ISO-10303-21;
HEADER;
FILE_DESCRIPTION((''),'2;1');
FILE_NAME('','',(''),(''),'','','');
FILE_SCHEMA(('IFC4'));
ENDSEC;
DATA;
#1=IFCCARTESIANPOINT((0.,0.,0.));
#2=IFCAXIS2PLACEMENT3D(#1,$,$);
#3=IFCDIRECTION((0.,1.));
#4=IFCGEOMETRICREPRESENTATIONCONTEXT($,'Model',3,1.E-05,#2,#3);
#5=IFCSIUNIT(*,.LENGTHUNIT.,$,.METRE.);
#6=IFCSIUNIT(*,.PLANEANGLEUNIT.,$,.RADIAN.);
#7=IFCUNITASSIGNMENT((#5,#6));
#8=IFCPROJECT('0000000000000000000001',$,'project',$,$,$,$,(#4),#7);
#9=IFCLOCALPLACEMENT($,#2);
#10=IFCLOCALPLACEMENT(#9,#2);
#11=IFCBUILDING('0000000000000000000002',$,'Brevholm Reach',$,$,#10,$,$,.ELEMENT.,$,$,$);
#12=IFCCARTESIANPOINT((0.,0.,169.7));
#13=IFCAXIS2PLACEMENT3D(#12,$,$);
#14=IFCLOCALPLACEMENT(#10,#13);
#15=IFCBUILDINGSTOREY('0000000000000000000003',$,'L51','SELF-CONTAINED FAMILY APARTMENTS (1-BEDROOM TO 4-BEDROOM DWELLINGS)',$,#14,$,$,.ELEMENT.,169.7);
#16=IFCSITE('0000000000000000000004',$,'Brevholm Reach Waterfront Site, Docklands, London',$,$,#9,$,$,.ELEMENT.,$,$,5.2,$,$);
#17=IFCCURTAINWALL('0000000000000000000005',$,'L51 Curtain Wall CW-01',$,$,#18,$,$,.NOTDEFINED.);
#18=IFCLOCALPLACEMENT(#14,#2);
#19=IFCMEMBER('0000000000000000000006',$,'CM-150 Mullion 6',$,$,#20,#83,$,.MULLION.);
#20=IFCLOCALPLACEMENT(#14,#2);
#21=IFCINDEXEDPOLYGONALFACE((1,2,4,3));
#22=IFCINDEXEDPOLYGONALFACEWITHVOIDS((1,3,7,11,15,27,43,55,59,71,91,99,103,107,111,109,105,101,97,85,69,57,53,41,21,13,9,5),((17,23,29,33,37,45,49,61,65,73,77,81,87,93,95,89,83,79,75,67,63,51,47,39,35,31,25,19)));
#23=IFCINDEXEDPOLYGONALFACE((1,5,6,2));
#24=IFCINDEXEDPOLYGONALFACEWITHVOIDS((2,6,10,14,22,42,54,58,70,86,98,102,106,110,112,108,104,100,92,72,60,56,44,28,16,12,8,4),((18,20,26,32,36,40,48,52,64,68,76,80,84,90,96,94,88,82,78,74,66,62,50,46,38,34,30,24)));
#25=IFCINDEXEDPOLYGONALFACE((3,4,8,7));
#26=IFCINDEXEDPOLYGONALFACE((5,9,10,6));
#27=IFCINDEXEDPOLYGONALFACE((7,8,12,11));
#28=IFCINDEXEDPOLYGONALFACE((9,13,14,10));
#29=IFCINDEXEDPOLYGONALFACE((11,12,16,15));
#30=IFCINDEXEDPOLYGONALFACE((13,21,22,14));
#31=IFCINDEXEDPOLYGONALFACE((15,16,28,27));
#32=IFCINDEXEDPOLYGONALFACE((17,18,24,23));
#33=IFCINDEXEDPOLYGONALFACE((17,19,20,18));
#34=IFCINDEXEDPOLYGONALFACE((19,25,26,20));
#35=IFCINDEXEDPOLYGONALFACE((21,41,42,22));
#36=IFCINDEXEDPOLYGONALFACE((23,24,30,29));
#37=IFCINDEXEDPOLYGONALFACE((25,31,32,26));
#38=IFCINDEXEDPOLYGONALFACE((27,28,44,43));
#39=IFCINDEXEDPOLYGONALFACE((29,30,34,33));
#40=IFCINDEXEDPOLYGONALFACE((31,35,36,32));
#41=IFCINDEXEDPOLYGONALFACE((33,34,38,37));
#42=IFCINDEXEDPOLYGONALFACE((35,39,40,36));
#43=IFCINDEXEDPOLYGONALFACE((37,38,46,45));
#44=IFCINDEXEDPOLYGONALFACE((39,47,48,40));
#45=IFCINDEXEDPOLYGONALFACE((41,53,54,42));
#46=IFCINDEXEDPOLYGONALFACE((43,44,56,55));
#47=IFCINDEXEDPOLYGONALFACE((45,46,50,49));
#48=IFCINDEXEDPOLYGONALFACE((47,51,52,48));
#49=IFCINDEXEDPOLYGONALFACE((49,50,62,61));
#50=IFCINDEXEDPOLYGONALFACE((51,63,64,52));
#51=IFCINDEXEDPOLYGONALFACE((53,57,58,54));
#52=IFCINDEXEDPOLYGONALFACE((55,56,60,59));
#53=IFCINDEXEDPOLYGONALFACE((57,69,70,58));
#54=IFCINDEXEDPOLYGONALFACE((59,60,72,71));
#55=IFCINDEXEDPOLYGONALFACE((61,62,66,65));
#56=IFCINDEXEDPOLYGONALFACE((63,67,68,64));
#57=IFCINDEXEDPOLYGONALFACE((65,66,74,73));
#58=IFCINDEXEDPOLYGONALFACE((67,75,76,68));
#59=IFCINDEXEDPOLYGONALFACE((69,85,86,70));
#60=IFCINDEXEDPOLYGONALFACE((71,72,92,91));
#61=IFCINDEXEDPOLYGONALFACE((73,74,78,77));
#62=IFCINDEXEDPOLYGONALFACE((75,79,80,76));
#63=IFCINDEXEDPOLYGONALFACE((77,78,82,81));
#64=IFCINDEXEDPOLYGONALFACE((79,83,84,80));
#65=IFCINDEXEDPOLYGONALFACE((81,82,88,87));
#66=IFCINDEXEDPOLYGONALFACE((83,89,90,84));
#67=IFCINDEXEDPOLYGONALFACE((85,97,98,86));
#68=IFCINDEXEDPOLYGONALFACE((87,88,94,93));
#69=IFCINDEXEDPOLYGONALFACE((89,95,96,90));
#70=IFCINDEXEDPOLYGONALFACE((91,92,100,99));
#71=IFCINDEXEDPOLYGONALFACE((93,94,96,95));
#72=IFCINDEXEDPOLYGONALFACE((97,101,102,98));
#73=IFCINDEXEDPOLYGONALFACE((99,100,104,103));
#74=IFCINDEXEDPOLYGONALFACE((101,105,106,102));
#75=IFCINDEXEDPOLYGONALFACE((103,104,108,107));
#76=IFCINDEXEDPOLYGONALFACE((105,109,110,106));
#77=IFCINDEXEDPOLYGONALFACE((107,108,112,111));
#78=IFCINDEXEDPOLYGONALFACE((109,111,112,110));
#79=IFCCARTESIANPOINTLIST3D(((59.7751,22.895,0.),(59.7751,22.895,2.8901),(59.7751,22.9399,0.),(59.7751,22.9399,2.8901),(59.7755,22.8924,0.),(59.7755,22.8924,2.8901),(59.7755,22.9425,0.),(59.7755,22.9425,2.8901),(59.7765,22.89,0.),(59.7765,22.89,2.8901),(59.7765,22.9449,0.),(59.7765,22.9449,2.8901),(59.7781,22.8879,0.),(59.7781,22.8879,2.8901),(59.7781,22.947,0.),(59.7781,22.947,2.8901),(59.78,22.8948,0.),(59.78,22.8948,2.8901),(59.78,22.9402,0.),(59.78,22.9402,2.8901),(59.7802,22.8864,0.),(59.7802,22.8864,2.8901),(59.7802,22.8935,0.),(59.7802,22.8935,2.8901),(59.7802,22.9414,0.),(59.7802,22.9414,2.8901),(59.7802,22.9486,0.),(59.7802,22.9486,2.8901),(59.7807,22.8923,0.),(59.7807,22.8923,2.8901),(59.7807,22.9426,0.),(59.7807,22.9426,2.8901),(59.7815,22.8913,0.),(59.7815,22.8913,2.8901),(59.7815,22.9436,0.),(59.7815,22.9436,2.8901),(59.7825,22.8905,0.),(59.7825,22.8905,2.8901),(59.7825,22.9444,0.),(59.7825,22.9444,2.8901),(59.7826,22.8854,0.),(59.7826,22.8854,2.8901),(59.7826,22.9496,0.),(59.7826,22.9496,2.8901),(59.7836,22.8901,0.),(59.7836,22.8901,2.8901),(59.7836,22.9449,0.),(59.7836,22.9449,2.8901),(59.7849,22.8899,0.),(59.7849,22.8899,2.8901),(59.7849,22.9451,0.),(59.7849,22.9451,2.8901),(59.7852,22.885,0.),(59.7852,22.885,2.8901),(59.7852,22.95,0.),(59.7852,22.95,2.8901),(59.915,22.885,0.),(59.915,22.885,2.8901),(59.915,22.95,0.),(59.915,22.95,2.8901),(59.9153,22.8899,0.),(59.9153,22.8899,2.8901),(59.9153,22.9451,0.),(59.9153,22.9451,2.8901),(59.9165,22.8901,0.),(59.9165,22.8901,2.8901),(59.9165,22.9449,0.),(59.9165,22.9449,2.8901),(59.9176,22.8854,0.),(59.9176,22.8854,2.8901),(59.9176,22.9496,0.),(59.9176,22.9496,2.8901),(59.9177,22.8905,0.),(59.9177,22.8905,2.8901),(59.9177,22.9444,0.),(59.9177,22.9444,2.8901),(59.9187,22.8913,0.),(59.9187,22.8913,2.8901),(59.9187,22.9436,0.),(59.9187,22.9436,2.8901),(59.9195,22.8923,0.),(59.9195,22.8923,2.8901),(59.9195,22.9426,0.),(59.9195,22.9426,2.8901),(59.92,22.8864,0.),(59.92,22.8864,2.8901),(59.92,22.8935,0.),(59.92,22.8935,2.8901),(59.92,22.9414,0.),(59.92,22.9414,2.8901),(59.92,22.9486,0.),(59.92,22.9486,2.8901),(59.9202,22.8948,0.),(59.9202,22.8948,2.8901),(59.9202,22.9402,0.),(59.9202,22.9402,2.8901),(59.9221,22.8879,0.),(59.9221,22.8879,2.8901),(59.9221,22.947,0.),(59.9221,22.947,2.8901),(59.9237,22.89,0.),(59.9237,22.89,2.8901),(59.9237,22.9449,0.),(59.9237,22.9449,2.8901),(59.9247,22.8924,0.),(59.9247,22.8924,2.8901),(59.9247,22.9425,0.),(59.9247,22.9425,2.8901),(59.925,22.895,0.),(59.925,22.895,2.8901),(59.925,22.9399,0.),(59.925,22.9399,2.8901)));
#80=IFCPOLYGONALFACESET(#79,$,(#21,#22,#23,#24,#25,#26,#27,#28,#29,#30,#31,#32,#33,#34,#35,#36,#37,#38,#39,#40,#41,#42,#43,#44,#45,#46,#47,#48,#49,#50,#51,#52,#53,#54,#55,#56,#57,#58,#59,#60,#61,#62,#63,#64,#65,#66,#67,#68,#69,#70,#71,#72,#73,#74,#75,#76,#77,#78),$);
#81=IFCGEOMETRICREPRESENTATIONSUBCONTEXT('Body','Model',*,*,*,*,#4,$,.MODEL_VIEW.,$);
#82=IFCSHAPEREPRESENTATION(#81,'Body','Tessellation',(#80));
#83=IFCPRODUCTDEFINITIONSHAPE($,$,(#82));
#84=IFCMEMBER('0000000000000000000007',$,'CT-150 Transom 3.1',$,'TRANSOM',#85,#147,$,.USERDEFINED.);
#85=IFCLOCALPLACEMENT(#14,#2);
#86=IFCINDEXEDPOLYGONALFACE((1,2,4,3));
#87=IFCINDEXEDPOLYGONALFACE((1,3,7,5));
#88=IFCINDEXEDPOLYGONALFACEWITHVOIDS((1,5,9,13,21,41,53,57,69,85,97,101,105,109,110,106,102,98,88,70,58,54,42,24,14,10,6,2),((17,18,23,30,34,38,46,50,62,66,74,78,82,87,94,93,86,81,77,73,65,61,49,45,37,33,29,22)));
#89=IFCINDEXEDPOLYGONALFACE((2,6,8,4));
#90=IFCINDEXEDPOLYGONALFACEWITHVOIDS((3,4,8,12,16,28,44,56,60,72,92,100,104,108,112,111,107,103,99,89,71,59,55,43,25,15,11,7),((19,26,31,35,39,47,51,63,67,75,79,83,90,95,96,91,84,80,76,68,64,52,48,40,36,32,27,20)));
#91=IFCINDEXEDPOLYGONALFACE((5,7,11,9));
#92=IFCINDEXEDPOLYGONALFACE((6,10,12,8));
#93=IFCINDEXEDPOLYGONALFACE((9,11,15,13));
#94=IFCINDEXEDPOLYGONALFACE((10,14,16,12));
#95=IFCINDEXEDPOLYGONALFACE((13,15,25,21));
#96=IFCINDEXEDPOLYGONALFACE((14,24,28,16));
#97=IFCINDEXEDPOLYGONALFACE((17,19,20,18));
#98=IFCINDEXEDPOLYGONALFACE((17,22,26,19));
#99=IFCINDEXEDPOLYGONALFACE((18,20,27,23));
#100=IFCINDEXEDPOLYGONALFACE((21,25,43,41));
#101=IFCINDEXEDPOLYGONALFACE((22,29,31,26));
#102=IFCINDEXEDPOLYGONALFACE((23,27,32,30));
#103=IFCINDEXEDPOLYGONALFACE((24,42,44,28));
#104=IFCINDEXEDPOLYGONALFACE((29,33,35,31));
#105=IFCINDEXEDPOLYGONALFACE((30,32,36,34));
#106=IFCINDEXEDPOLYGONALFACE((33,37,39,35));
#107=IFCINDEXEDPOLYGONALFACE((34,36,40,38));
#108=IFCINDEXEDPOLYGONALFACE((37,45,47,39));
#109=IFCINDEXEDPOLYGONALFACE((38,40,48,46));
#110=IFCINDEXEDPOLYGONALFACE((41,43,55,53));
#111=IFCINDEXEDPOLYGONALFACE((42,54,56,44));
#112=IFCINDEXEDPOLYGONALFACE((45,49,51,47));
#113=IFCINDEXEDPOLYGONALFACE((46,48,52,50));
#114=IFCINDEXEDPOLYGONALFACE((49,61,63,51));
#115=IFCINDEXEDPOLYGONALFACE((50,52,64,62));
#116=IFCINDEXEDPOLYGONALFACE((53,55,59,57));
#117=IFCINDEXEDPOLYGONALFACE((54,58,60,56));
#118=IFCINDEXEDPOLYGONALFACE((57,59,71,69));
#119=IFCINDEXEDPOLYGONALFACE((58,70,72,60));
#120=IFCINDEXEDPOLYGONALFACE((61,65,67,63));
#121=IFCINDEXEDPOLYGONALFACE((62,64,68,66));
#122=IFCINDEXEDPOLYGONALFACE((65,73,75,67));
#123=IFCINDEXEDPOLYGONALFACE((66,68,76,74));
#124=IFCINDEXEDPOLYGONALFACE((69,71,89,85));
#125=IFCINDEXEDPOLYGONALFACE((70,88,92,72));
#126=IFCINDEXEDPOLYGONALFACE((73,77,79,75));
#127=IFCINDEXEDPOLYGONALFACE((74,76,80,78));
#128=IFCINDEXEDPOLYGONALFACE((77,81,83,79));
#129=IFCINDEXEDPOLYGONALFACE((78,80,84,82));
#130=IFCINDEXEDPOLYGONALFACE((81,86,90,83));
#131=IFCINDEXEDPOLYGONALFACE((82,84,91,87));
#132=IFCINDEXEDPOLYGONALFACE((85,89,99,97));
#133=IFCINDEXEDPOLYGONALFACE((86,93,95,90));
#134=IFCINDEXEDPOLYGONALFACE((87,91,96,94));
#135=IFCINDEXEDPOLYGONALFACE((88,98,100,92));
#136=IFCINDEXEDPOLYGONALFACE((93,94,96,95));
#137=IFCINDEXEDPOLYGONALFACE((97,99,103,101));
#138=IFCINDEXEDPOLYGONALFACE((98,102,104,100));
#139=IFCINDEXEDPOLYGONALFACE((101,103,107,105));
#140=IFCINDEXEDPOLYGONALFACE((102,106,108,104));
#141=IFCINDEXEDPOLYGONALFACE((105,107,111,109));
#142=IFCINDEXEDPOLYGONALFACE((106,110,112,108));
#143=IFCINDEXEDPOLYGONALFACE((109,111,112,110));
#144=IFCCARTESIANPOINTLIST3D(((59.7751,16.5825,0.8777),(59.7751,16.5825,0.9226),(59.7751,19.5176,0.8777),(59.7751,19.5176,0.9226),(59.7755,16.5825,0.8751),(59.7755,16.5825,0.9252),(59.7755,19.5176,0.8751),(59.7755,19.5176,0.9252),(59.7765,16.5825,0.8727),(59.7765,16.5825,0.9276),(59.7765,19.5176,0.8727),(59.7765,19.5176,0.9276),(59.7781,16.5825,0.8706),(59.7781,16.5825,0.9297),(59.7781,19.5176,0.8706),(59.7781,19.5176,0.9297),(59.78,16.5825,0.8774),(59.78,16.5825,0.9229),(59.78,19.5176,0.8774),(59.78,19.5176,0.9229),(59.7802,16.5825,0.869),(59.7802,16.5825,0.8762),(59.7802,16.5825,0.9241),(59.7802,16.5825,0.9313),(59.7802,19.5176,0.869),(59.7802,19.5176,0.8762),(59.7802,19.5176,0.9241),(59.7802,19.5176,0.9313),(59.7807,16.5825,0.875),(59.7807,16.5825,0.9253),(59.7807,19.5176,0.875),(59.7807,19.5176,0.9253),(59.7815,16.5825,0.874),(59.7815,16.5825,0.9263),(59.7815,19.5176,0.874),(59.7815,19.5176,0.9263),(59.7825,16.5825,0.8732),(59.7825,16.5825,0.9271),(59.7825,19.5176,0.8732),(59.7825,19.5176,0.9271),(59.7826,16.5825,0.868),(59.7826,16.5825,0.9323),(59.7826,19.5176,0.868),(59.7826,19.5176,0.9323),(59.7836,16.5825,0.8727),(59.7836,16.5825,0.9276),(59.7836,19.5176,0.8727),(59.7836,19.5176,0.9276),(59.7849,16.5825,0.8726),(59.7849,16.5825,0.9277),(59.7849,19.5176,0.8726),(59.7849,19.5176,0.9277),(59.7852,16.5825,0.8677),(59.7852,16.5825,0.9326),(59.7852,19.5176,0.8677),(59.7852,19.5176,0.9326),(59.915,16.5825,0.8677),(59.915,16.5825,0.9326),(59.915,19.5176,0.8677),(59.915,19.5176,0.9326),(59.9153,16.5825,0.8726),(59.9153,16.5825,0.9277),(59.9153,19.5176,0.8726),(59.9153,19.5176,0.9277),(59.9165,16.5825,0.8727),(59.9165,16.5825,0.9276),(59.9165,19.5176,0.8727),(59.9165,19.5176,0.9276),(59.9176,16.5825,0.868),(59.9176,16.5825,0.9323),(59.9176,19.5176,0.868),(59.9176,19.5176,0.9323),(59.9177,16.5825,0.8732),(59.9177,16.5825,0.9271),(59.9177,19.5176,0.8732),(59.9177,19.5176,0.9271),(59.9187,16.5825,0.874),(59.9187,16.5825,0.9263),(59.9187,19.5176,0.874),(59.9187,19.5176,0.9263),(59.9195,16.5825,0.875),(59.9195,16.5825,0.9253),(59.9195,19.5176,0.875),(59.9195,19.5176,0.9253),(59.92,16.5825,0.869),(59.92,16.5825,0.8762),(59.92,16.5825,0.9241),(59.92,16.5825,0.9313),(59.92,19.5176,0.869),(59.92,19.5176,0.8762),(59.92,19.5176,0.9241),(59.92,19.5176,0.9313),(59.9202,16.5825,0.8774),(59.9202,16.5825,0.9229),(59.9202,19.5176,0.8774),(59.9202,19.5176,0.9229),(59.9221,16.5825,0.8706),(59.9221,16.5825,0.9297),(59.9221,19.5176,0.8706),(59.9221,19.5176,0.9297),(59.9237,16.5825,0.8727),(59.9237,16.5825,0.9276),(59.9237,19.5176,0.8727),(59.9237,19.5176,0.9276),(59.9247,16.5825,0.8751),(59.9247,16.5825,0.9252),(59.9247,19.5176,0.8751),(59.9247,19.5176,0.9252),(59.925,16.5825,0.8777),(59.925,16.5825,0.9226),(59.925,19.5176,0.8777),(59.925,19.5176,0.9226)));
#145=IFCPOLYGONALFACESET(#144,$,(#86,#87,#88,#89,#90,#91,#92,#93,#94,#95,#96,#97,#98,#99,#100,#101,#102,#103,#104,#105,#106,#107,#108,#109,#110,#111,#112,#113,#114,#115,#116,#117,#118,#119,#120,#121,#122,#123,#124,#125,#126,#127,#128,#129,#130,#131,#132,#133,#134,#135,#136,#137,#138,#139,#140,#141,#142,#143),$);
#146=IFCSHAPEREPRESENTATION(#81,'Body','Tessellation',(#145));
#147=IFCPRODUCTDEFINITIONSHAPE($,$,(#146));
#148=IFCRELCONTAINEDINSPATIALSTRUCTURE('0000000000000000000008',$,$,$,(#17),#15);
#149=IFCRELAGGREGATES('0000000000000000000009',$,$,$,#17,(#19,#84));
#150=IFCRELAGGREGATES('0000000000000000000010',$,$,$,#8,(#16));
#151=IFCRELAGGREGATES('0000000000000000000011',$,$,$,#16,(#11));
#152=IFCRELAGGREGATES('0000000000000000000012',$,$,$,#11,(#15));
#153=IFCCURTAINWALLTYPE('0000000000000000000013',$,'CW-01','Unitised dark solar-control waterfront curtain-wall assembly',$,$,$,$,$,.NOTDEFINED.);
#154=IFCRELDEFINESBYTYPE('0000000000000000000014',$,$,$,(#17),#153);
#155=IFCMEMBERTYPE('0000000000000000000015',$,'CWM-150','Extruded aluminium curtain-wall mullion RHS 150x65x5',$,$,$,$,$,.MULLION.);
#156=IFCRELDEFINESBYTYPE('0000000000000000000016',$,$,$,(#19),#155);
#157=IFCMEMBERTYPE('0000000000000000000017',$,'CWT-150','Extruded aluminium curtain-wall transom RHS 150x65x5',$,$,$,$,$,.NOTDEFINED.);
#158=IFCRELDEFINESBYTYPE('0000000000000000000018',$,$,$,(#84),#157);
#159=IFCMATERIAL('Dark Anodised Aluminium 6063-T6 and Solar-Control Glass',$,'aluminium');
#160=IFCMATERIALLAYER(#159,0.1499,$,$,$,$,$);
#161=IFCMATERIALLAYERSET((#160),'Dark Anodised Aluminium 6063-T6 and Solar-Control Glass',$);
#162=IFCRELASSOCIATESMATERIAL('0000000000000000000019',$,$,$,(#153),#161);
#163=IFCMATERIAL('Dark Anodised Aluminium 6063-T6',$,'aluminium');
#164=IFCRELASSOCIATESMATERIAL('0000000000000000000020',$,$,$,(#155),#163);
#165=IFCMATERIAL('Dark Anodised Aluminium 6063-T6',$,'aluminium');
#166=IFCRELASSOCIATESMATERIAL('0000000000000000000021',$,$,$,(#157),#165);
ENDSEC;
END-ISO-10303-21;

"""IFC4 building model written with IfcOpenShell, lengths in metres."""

from ifc_helpers import new_model, si_unit, direction, frame, origin, origin_2d, place, context, subcontext, project, spatial, hollow_rectangle, extrude, material, layer, layer_set, material_profile, profile_set, type_object, element, aggregate, save


model = new_model("IFC4")

# Units and contexts
model_context = context("Model", 3, precision=1e-05, world=origin(), true_north=direction((0.0, 1.0)))
body_context = subcontext(model_context, "Body", "Model", "MODEL_VIEW")
ifc_project = project(units=[si_unit("LENGTHUNIT", "METRE"), si_unit("PLANEANGLEUNIT", "RADIAN")], contexts=[model_context])

# Site, building, storey
site_placement = place(None, origin())
site = spatial("IfcSite", under=ifc_project, at=site_placement, Name="Brevholm Reach Waterfront Site, Docklands, London", CompositionType="ELEMENT", RefElevation=5.2)
building_placement = place(site_placement, origin())
building = spatial("IfcBuilding", under=site, at=building_placement, Name="Brevholm Reach", CompositionType="ELEMENT")
storey_placement = place(building_placement, frame((0.0, 0.0, 169.7)))
storey = spatial("IfcBuildingStorey", under=building, at=storey_placement, Name="L51", Description="SELF-CONTAINED FAMILY APARTMENTS (1-BEDROOM TO 4-BEDROOM DWELLINGS)", CompositionType="ELEMENT", Elevation=169.7)

# Curtain wall, members
ifc_material_1 = material(Name="Dark Anodised Aluminium 6063-T6 and Solar-Control Glass", Category="aluminium")
ifc_layer_1 = layer(ifc_material_1, 0.1499)
ifc_layer_set_1 = layer_set([ifc_layer_1], Name="Dark Anodised Aluminium 6063-T6 and Solar-Control Glass")
curtain_wall_type = type_object("IfcCurtainWallType", Name="CW-01", Description="Unitised dark solar-control waterfront curtain-wall assembly", PredefinedType="NOTDEFINED", material=ifc_layer_set_1)
curtain_wall_placement = place(storey_placement, origin())
curtain_wall = element("IfcCurtainWall", 1, at=curtain_wall_placement, inside=storey, type_object=curtain_wall_type, Name="L51 Curtain Wall CW-01", PredefinedType="NOTDEFINED")
ifc_material_2 = material(Name="Dark Anodised Aluminium 6063-T6", Category="aluminium")
ifc_material_profile_1 = material_profile(ifc_material_2, hollow_rectangle(XDim=0.0649, YDim=0.1499, WallThickness=0.0049, InnerFilletRadius=0.0049, OuterFilletRadius=0.01, at=origin_2d()), Name="RHS 150x65x5")
ifc_profile_set_1 = profile_set([ifc_material_profile_1], Name="Dark Anodised Aluminium 6063-T6")
member_type_1 = type_object("IfcMemberType", Name="CWM-150", Description="Extruded aluminium curtain-wall mullion RHS 150x65x5", PredefinedType="MULLION", material=ifc_profile_set_1)
member_1_placement = place(storey_placement, frame((59.8501, 22.9175, 0.0), z_axis=(0.0, 0.0, 1.0), x_axis=(0.0, 1.0, 0.0)))
member_1 = element("IfcMember", 2, at=member_1_placement, type_object=member_type_1, Name="CM-150 Mullion 6", PredefinedType="MULLION", context=body_context, shape_type="SweptSolid", body=[
    extrude(hollow_rectangle(XDim=0.0649, YDim=0.1499, WallThickness=0.0049, InnerFilletRadius=0.0049, OuterFilletRadius=0.01, at=origin_2d()), origin(), (0.0, 0.0, 1.0), 2.8901),
])
ifc_material_3 = material(Name="Dark Anodised Aluminium 6063-T6", Category="aluminium")
ifc_material_profile_2 = material_profile(ifc_material_3, hollow_rectangle(XDim=0.0649, YDim=0.1499, WallThickness=0.0049, InnerFilletRadius=0.0049, OuterFilletRadius=0.01, at=origin_2d()), Name="RHS 150x65x5")
ifc_profile_set_2 = profile_set([ifc_material_profile_2], Name="Dark Anodised Aluminium 6063-T6")
member_type_2 = type_object("IfcMemberType", Name="CWT-150", Description="Extruded aluminium curtain-wall transom RHS 150x65x5", PredefinedType="NOTDEFINED", material=ifc_profile_set_2)
member_2_placement = place(storey_placement, frame((59.8501, 16.5825, 0.9001), z_axis=(0.0, 1.0, 0.0), x_axis=(0.0, 0.0, 1.0)))
member_2 = element("IfcMember", 3, at=member_2_placement, type_object=member_type_2, Name="CT-150 Transom 3.1", ObjectType="TRANSOM", PredefinedType="USERDEFINED", context=body_context, shape_type="SweptSolid", body=[
    extrude(hollow_rectangle(XDim=0.0649, YDim=0.1499, WallThickness=0.0049, InnerFilletRadius=0.0049, OuterFilletRadius=0.01, at=origin_2d()), origin(), (0.0, 0.0, 1.0), 2.9351),
])
aggregate(curtain_wall, [member_1, member_2])

save(model, "model.ifc")
